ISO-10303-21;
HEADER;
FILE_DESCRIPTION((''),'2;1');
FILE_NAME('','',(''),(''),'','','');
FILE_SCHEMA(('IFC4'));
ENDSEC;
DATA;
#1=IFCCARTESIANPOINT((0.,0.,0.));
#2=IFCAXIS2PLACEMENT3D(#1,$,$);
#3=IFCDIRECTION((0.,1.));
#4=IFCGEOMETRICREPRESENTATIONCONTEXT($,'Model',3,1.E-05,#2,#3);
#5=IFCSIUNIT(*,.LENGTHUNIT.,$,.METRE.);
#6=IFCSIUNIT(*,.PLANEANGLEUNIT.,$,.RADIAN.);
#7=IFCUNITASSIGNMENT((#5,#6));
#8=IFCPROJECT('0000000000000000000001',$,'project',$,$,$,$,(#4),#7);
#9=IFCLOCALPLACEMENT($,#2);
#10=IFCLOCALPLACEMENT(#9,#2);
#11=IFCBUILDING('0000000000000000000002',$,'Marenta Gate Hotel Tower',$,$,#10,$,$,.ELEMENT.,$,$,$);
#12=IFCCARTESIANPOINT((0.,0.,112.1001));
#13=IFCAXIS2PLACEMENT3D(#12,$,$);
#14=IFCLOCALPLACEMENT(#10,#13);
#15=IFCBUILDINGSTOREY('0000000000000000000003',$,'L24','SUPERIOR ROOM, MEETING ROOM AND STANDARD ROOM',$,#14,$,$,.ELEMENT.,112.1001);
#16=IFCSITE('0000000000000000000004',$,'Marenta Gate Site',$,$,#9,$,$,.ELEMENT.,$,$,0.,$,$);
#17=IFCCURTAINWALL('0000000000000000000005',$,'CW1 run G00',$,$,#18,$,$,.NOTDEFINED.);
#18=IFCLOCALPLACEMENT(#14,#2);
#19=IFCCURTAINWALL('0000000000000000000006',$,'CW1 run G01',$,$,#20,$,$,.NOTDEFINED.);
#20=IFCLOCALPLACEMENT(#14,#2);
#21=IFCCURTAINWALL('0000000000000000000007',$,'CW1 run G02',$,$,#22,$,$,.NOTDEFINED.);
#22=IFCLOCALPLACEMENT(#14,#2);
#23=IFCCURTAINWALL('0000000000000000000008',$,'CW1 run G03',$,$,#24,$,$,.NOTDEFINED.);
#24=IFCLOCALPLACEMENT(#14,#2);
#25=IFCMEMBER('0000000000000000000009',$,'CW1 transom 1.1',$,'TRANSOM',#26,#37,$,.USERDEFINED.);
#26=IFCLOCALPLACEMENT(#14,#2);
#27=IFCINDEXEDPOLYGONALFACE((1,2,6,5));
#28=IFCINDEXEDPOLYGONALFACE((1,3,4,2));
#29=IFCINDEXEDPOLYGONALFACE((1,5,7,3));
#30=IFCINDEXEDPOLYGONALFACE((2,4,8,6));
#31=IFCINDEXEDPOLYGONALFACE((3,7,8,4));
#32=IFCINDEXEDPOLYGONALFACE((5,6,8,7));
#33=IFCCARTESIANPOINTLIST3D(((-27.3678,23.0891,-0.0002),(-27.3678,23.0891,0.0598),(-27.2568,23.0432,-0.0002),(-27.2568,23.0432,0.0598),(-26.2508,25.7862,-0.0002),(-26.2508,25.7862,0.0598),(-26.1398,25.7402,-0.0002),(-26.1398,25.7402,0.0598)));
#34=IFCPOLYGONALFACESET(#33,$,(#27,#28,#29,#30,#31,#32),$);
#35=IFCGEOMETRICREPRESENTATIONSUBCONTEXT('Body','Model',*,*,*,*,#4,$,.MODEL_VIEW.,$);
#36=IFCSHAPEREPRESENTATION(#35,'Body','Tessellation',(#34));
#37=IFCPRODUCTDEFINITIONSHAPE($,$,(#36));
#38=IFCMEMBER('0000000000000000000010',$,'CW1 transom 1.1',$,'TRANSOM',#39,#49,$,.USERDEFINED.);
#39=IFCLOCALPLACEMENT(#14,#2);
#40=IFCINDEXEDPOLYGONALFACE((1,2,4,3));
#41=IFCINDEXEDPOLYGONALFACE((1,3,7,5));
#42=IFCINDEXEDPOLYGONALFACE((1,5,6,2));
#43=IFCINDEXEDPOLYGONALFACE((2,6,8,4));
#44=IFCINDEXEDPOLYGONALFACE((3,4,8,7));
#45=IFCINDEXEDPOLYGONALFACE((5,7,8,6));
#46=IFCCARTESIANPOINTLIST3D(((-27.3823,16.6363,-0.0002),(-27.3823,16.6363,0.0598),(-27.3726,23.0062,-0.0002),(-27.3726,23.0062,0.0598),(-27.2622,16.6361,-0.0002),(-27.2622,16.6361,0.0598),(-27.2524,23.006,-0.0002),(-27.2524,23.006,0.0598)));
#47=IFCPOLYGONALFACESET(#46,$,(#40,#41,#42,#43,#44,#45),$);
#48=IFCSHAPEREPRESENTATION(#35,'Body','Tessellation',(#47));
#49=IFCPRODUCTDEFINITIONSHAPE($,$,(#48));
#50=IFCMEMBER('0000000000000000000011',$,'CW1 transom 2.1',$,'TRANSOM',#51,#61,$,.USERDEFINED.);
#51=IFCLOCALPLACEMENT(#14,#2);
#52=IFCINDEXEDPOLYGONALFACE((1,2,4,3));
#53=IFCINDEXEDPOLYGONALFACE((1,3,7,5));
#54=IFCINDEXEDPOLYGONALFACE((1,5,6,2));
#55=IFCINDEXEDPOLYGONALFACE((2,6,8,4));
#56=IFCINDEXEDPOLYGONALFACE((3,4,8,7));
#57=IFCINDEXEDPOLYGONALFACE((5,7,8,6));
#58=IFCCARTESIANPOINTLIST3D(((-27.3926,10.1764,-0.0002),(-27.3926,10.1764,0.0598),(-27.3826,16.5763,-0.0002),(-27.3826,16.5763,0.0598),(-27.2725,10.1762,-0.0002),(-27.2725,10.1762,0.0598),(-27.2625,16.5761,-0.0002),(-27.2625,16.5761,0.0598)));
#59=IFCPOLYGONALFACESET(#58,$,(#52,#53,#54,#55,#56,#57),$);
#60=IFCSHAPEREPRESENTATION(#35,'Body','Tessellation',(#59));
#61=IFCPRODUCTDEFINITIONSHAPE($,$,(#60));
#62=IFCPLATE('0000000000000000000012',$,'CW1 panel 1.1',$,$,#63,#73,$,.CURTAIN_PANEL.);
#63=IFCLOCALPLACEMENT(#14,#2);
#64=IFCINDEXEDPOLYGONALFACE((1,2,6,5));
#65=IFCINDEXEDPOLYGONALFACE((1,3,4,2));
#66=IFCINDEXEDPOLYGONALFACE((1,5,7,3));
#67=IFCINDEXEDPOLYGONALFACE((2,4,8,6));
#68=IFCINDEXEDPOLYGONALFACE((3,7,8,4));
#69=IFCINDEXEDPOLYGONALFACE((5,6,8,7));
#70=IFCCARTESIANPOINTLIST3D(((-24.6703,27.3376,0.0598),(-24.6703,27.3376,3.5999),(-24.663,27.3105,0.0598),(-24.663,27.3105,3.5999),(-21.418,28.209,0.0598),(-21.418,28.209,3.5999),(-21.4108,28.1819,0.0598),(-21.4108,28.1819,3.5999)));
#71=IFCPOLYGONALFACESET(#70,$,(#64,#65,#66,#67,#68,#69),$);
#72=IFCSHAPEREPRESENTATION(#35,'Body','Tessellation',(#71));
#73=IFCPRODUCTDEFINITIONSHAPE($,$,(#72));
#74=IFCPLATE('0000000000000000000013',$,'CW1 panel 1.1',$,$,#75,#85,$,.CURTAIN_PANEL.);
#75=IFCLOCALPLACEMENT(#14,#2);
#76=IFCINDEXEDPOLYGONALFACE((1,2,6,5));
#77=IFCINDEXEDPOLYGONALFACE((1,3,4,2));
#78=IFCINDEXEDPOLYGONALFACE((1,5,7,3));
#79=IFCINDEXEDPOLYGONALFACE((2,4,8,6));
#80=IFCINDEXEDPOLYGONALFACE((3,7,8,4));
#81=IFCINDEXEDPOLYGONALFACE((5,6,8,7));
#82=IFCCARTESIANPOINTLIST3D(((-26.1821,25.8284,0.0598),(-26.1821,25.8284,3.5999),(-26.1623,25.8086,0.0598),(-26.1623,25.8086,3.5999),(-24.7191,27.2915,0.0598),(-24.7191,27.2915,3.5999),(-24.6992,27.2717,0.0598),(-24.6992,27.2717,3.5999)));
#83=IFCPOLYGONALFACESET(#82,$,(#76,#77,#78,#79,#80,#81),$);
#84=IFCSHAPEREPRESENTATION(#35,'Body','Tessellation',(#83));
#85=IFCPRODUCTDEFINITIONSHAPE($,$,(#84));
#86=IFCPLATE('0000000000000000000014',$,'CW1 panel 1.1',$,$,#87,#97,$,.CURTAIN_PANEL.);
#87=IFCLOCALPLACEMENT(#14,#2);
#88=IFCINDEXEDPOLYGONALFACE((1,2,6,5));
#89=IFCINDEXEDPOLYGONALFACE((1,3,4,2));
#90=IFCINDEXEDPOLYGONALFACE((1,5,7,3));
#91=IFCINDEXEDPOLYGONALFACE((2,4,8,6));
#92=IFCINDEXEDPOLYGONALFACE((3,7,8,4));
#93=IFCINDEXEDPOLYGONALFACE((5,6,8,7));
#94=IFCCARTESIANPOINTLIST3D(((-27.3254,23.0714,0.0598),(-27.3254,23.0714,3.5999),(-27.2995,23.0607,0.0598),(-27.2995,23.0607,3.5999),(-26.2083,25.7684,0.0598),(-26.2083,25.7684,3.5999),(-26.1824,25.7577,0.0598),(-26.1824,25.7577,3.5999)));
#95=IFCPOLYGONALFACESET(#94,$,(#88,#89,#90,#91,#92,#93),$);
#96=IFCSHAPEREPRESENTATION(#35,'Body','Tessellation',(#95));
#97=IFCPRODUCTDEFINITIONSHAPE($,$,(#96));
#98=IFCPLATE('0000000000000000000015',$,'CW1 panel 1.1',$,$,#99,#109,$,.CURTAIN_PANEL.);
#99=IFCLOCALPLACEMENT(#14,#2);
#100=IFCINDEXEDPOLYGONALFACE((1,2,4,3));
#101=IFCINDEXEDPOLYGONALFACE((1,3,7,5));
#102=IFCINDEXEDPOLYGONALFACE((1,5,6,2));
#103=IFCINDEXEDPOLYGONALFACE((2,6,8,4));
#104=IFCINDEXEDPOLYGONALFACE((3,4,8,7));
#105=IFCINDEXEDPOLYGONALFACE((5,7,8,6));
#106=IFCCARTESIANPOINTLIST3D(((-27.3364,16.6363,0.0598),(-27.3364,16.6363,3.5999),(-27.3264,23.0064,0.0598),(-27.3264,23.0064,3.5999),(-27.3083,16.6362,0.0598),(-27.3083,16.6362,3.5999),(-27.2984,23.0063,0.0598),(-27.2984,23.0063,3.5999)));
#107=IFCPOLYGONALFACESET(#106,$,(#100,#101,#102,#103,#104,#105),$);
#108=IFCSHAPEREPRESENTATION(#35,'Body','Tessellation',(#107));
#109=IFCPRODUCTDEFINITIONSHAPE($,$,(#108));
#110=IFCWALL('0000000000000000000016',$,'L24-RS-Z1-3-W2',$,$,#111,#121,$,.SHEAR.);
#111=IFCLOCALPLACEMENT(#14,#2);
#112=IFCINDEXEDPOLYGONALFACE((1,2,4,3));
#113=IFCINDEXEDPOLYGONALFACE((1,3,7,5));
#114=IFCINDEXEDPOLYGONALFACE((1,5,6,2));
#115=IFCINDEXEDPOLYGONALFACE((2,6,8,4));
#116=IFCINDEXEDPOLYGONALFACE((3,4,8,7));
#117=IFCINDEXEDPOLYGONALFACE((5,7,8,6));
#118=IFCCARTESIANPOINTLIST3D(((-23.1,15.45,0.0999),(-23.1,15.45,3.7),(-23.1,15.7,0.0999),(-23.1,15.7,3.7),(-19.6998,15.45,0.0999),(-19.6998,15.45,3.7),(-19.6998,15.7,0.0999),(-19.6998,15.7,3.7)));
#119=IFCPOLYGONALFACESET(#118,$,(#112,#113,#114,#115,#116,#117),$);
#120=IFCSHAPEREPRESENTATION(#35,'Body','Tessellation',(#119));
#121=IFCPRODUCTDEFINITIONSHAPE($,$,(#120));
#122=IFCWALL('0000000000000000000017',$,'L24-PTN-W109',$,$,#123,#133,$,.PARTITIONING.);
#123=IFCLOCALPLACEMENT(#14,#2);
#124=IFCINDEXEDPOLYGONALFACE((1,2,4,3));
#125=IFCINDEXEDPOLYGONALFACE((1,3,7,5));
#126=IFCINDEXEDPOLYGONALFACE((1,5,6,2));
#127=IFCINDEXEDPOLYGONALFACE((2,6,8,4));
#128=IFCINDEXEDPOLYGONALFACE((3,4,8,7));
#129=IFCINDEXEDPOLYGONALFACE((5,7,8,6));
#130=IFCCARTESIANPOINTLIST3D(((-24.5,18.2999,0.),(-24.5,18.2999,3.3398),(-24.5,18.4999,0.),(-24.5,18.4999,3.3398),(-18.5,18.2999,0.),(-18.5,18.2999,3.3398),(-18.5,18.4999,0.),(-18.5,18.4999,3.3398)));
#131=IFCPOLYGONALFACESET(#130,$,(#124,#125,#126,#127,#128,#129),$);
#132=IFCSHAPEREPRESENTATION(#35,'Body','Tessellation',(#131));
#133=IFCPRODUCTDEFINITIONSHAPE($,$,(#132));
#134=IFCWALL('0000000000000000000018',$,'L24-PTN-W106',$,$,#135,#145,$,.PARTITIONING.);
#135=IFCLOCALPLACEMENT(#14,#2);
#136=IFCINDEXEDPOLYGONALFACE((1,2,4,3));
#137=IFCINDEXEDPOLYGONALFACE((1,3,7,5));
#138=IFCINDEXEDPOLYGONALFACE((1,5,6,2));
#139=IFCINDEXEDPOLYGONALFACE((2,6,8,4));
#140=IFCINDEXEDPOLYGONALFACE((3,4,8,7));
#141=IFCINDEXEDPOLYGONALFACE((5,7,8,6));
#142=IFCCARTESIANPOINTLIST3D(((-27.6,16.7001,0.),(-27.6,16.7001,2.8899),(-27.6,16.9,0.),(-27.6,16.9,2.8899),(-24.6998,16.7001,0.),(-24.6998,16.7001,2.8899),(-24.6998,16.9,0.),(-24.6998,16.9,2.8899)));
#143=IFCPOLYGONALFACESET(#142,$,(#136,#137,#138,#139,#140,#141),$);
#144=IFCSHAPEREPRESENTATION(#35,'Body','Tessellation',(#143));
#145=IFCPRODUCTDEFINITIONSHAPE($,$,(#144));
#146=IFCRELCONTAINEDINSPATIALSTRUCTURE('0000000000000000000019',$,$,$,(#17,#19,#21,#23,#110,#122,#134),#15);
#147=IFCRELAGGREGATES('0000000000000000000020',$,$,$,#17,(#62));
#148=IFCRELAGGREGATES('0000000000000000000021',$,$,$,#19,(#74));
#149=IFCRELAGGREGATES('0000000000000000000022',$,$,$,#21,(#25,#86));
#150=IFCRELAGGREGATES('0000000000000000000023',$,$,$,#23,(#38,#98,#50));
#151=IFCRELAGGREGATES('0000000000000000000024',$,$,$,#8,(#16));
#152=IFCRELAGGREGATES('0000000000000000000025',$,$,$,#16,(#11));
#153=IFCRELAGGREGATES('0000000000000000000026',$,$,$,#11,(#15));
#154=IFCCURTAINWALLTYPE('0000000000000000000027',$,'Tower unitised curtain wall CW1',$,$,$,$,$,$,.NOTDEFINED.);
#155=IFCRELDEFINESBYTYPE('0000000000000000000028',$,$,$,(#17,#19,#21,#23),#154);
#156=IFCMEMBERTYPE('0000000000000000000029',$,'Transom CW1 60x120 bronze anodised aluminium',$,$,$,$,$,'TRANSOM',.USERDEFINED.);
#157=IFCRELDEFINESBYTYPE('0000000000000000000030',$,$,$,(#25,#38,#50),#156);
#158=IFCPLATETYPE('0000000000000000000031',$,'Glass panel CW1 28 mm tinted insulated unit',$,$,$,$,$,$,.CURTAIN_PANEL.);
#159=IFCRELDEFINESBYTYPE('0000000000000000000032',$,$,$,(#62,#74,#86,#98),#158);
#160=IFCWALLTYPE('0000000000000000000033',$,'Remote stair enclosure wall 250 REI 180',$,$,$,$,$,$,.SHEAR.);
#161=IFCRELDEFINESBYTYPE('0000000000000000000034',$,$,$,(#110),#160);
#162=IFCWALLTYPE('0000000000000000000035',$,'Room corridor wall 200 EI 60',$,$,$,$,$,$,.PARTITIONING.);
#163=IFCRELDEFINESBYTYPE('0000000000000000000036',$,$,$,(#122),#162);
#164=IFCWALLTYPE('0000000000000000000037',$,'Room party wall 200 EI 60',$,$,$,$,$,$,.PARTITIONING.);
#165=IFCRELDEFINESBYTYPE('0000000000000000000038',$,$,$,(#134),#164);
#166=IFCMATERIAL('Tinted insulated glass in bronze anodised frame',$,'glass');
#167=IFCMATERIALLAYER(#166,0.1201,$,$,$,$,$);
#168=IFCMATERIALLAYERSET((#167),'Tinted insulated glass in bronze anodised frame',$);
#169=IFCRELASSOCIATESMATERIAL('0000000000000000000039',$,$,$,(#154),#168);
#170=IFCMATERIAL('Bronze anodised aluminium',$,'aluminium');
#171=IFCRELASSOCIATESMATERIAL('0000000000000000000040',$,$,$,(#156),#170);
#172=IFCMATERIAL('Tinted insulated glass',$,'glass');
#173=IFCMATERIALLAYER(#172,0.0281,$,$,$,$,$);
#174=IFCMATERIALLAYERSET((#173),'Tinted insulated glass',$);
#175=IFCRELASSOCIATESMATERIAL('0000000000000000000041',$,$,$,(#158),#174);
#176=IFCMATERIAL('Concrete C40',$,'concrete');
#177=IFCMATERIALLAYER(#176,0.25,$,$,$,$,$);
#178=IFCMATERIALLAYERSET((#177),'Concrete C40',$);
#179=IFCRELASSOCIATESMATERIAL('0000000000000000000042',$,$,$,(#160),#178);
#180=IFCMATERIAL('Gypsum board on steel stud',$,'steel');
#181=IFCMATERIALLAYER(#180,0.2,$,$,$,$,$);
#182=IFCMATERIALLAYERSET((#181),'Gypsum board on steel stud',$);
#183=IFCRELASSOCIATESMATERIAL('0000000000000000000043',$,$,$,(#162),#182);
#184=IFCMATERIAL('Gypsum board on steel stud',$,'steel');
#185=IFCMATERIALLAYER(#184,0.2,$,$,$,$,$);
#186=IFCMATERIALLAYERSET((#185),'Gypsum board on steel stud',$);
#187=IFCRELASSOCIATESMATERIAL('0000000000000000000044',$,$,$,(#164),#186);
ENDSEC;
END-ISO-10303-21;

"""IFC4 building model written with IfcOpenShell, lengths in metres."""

from ifc_helpers import new_model, si_unit, direction, frame, frame_2d, origin, origin_2d, place, context, subcontext, project, spatial, rectangle, extrude, material, layer, layer_set, material_profile, profile_set, type_object, element, aggregate, save


model = new_model("IFC4")

# Units and contexts
model_context = context("Model", 3, precision=1e-05, world=origin(), true_north=direction((0.0, 1.0)))
body_context = subcontext(model_context, "Body", "Model", "MODEL_VIEW")
ifc_project = project(units=[si_unit("LENGTHUNIT", "METRE"), si_unit("PLANEANGLEUNIT", "RADIAN")], contexts=[model_context])

# Site, building, storey
site_placement = place(None, origin())
site = spatial("IfcSite", under=ifc_project, at=site_placement, Name="Marenta Gate Site", CompositionType="ELEMENT", RefElevation=0.0)
building_placement = place(site_placement, origin())
building = spatial("IfcBuilding", under=site, at=building_placement, Name="Marenta Gate Hotel Tower", CompositionType="ELEMENT")
storey_placement = place(building_placement, frame((0.0, 0.0, 112.1001)))
storey = spatial("IfcBuildingStorey", under=building, at=storey_placement, Name="L24", Description="SUPERIOR ROOM, MEETING ROOM AND STANDARD ROOM", CompositionType="ELEMENT", Elevation=112.1001)

# Curtain walls
ifc_material_1 = material(Name="Tinted insulated glass in bronze anodised frame", Category="glass")
ifc_layer_1 = layer(ifc_material_1, 0.1201)
ifc_layer_set_1 = layer_set([ifc_layer_1], Name="Tinted insulated glass in bronze anodised frame")
curtain_wall_type = type_object("IfcCurtainWallType", Name="Tower unitised curtain wall CW1", PredefinedType="NOTDEFINED", material=ifc_layer_set_1)
curtain_wall_1_placement = place(storey_placement, origin())
curtain_wall_1 = element("IfcCurtainWall", 1, at=curtain_wall_1_placement, inside=storey, type_object=curtain_wall_type, Name="CW1 run G00", PredefinedType="NOTDEFINED")
curtain_wall_2_placement = place(storey_placement, origin())
curtain_wall_2 = element("IfcCurtainWall", 2, at=curtain_wall_2_placement, inside=storey, type_object=curtain_wall_type, Name="CW1 run G01", PredefinedType="NOTDEFINED")
curtain_wall_3_placement = place(storey_placement, origin())
curtain_wall_3 = element("IfcCurtainWall", 3, at=curtain_wall_3_placement, inside=storey, type_object=curtain_wall_type, Name="CW1 run G02", PredefinedType="NOTDEFINED")

# Curtain wall
curtain_wall_4_placement = place(storey_placement, origin())
curtain_wall_4 = element("IfcCurtainWall", 4, at=curtain_wall_4_placement, inside=storey, type_object=curtain_wall_type, Name="CW1 run G03", PredefinedType="NOTDEFINED")

# Members
ifc_material_2 = material(Name="Bronze anodised aluminium", Category="aluminium")
ifc_material_profile_1 = material_profile(ifc_material_2, rectangle(XDim=0.1201, YDim=0.0601, at=origin_2d()), Name="Transom CW1 60x120 bronze anodised aluminium")
ifc_profile_set_1 = profile_set([ifc_material_profile_1], Name="Bronze anodised aluminium")
member_type_1 = type_object("IfcMemberType", Name="Transom CW1 60x120 bronze anodised aluminium", ElementType="TRANSOM", PredefinedType="USERDEFINED", material=ifc_profile_set_1)
member_1_placement = place(storey_placement, frame((-26.1953, 25.7632, 0.0298), z_axis=(-0.382625, -0.923904, 0.0), x_axis=(0.923904, -0.382625, 0.0)))
member_1 = element("IfcMember", 5, at=member_1_placement, type_object=member_type_1, Name="CW1 transom 1.1", ObjectType="TRANSOM", PredefinedType="USERDEFINED", context=body_context, shape_type="SweptSolid", body=[
    extrude(rectangle(XDim=0.1201, YDim=0.0601, at=origin_2d()), origin(), (0.0, 0.0, 1.0), 2.9192),
])
member_2_placement = place(storey_placement, frame((-27.3125, 23.0061, 0.0298), z_axis=(-0.001533, -0.999999, 0.0), x_axis=(0.999999, -0.001533, 0.0)))
member_2 = element("IfcMember", 6, at=member_2_placement, type_object=member_type_1, Name="CW1 transom 1.1", ObjectType="TRANSOM", PredefinedType="USERDEFINED", context=body_context, shape_type="SweptSolid", body=[
    extrude(rectangle(XDim=0.1201, YDim=0.0601, at=origin_2d()), origin(), (0.0, 0.0, 1.0), 6.3699),
])
member_3_placement = place(storey_placement, frame((-27.3225, 16.5762, 0.0298), z_axis=(-0.001564, -0.999999, 0.0), x_axis=(0.999999, -0.001564, 0.0)))
member_3 = element("IfcMember", 7, at=member_3_placement, type_object=member_type_1, Name="CW1 transom 2.1", ObjectType="TRANSOM", PredefinedType="USERDEFINED", context=body_context, shape_type="SweptSolid", body=[
    extrude(rectangle(XDim=0.1201, YDim=0.0601, at=origin_2d()), origin(), (0.0, 0.0, 1.0), 6.3999),
])

# Plates
ifc_material_3 = material(Name="Tinted insulated glass", Category="glass")
ifc_layer_2 = layer(ifc_material_3, 0.0281)
ifc_layer_set_2 = layer_set([ifc_layer_2], Name="Tinted insulated glass")
plate_type = type_object("IfcPlateType", Name="Glass panel CW1 28 mm tinted insulated unit", PredefinedType="CURTAIN_PANEL", material=ifc_layer_set_2)
plate_1_placement = place(storey_placement, frame((-23.0405, 27.7598, 0.0598), z_axis=(0.0, 0.0, 1.0), x_axis=(-0.965931, -0.258801, 0.0)))
plate_1 = element("IfcPlate", 8, at=plate_1_placement, type_object=plate_type, Name="CW1 panel 1.1", PredefinedType="CURTAIN_PANEL", context=body_context, shape_type="SweptSolid", body=[
    extrude(rectangle(XDim=3.3669, YDim=0.0281, at=origin_2d()), origin(), (0.0, 0.0, 1.0), 3.54),
])
aggregate(curtain_wall_1, [plate_1])
plate_2_placement = place(storey_placement, frame((-25.4407, 26.55, 0.0598), z_axis=(0.0, 0.0, 1.0), x_axis=(-0.707107, -0.707107, 0.0)))
plate_2 = element("IfcPlate", 9, at=plate_2_placement, type_object=plate_type, Name="CW1 panel 1.1", PredefinedType="CURTAIN_PANEL", context=body_context, shape_type="SweptSolid", body=[
    extrude(rectangle(XDim=2.0691, YDim=0.0281, at=origin_2d()), origin(), (0.0, 0.0, 1.0), 3.54),
])
aggregate(curtain_wall_2, [plate_2])
plate_3_placement = place(storey_placement, frame((-26.7539, 24.4146, 0.0598), z_axis=(0.0, 0.0, 1.0), x_axis=(-0.382672, -0.923884, 0.0)))
plate_3 = element("IfcPlate", 10, at=plate_3_placement, type_object=plate_type, Name="CW1 panel 1.1", PredefinedType="CURTAIN_PANEL", context=body_context, shape_type="SweptSolid", body=[
    extrude(rectangle(XDim=2.9192, YDim=0.0281, at=origin_2d()), origin(), (0.0, 0.0, 1.0), 3.54),
])
aggregate(curtain_wall_3, [member_1, plate_3])
plate_4_placement = place(storey_placement, frame((-27.3174, 19.8213, 0.0598), z_axis=(0.0, 0.0, 1.0), x_axis=(-0.001566, -0.999999, 0.0)))
plate_4 = element("IfcPlate", 11, at=plate_4_placement, type_object=plate_type, Name="CW1 panel 1.1", PredefinedType="CURTAIN_PANEL", context=body_context, shape_type="SweptSolid", body=[
    extrude(rectangle(XDim=6.3701, YDim=0.0281, at=origin_2d()), origin(), (0.0, 0.0, 1.0), 3.54),
])
aggregate(curtain_wall_4, [member_2, plate_4, member_3])

# Walls
ifc_material_4 = material(Name="Concrete C40", Category="concrete")
ifc_layer_3 = layer(ifc_material_4, 0.25)
ifc_layer_set_3 = layer_set([ifc_layer_3], Name="Concrete C40")
wall_type_1 = type_object("IfcWallType", Name="Remote stair enclosure wall 250 REI 180", PredefinedType="SHEAR", material=ifc_layer_set_3)
wall_1_placement = place(storey_placement, frame((-23.1001, 15.575, 0.0999), z_axis=(0.0, 0.0, 1.0), x_axis=(1.0, 0.0, 0.0)))
element("IfcWall", 12, at=wall_1_placement, inside=storey, type_object=wall_type_1, Name="L24-RS-Z1-3-W2", PredefinedType="SHEAR", context=body_context, shape_type="SweptSolid", body=[
    extrude(rectangle(XDim=3.4001, YDim=0.25, at=frame_2d((1.7002, 0.0))), origin(), (0.0, 0.0, 1.0), 3.6001),
])
ifc_material_5 = material(Name="Gypsum board on steel stud", Category="steel")
ifc_layer_4 = layer(ifc_material_5, 0.2)
ifc_layer_set_4 = layer_set([ifc_layer_4], Name="Gypsum board on steel stud")
wall_type_2 = type_object("IfcWallType", Name="Room corridor wall 200 EI 60", PredefinedType="PARTITIONING", material=ifc_layer_set_4)
wall_2_placement = place(storey_placement, frame((-24.5, 18.3999, 0.0), z_axis=(0.0, 0.0, 1.0), x_axis=(1.0, 0.0, 0.0)))
element("IfcWall", 13, at=wall_2_placement, inside=storey, type_object=wall_type_2, Name="L24-PTN-W109", PredefinedType="PARTITIONING", context=body_context, shape_type="SweptSolid", body=[
    extrude(rectangle(XDim=6.0, YDim=0.2, at=frame_2d((3.0, 0.0))), origin(), (0.0, 0.0, 1.0), 3.3398),
])
ifc_material_6 = material(Name="Gypsum board on steel stud", Category="steel")
ifc_layer_5 = layer(ifc_material_6, 0.2)
ifc_layer_set_5 = layer_set([ifc_layer_5], Name="Gypsum board on steel stud")
wall_type_3 = type_object("IfcWallType", Name="Room party wall 200 EI 60", PredefinedType="PARTITIONING", material=ifc_layer_set_5)
wall_3_placement = place(storey_placement, frame((-27.6001, 16.8, 0.0), z_axis=(0.0, 0.0, 1.0), x_axis=(1.0, 0.0, 0.0)))
element("IfcWall", 14, at=wall_3_placement, inside=storey, type_object=wall_type_3, Name="L24-PTN-W106", PredefinedType="PARTITIONING", context=body_context, shape_type="SweptSolid", body=[
    extrude(rectangle(XDim=2.9001, YDim=0.2, at=frame_2d((1.4502, 0.0))), origin(), (0.0, 0.0, 1.0), 2.8899),
])

save(model, "model.ifc")
